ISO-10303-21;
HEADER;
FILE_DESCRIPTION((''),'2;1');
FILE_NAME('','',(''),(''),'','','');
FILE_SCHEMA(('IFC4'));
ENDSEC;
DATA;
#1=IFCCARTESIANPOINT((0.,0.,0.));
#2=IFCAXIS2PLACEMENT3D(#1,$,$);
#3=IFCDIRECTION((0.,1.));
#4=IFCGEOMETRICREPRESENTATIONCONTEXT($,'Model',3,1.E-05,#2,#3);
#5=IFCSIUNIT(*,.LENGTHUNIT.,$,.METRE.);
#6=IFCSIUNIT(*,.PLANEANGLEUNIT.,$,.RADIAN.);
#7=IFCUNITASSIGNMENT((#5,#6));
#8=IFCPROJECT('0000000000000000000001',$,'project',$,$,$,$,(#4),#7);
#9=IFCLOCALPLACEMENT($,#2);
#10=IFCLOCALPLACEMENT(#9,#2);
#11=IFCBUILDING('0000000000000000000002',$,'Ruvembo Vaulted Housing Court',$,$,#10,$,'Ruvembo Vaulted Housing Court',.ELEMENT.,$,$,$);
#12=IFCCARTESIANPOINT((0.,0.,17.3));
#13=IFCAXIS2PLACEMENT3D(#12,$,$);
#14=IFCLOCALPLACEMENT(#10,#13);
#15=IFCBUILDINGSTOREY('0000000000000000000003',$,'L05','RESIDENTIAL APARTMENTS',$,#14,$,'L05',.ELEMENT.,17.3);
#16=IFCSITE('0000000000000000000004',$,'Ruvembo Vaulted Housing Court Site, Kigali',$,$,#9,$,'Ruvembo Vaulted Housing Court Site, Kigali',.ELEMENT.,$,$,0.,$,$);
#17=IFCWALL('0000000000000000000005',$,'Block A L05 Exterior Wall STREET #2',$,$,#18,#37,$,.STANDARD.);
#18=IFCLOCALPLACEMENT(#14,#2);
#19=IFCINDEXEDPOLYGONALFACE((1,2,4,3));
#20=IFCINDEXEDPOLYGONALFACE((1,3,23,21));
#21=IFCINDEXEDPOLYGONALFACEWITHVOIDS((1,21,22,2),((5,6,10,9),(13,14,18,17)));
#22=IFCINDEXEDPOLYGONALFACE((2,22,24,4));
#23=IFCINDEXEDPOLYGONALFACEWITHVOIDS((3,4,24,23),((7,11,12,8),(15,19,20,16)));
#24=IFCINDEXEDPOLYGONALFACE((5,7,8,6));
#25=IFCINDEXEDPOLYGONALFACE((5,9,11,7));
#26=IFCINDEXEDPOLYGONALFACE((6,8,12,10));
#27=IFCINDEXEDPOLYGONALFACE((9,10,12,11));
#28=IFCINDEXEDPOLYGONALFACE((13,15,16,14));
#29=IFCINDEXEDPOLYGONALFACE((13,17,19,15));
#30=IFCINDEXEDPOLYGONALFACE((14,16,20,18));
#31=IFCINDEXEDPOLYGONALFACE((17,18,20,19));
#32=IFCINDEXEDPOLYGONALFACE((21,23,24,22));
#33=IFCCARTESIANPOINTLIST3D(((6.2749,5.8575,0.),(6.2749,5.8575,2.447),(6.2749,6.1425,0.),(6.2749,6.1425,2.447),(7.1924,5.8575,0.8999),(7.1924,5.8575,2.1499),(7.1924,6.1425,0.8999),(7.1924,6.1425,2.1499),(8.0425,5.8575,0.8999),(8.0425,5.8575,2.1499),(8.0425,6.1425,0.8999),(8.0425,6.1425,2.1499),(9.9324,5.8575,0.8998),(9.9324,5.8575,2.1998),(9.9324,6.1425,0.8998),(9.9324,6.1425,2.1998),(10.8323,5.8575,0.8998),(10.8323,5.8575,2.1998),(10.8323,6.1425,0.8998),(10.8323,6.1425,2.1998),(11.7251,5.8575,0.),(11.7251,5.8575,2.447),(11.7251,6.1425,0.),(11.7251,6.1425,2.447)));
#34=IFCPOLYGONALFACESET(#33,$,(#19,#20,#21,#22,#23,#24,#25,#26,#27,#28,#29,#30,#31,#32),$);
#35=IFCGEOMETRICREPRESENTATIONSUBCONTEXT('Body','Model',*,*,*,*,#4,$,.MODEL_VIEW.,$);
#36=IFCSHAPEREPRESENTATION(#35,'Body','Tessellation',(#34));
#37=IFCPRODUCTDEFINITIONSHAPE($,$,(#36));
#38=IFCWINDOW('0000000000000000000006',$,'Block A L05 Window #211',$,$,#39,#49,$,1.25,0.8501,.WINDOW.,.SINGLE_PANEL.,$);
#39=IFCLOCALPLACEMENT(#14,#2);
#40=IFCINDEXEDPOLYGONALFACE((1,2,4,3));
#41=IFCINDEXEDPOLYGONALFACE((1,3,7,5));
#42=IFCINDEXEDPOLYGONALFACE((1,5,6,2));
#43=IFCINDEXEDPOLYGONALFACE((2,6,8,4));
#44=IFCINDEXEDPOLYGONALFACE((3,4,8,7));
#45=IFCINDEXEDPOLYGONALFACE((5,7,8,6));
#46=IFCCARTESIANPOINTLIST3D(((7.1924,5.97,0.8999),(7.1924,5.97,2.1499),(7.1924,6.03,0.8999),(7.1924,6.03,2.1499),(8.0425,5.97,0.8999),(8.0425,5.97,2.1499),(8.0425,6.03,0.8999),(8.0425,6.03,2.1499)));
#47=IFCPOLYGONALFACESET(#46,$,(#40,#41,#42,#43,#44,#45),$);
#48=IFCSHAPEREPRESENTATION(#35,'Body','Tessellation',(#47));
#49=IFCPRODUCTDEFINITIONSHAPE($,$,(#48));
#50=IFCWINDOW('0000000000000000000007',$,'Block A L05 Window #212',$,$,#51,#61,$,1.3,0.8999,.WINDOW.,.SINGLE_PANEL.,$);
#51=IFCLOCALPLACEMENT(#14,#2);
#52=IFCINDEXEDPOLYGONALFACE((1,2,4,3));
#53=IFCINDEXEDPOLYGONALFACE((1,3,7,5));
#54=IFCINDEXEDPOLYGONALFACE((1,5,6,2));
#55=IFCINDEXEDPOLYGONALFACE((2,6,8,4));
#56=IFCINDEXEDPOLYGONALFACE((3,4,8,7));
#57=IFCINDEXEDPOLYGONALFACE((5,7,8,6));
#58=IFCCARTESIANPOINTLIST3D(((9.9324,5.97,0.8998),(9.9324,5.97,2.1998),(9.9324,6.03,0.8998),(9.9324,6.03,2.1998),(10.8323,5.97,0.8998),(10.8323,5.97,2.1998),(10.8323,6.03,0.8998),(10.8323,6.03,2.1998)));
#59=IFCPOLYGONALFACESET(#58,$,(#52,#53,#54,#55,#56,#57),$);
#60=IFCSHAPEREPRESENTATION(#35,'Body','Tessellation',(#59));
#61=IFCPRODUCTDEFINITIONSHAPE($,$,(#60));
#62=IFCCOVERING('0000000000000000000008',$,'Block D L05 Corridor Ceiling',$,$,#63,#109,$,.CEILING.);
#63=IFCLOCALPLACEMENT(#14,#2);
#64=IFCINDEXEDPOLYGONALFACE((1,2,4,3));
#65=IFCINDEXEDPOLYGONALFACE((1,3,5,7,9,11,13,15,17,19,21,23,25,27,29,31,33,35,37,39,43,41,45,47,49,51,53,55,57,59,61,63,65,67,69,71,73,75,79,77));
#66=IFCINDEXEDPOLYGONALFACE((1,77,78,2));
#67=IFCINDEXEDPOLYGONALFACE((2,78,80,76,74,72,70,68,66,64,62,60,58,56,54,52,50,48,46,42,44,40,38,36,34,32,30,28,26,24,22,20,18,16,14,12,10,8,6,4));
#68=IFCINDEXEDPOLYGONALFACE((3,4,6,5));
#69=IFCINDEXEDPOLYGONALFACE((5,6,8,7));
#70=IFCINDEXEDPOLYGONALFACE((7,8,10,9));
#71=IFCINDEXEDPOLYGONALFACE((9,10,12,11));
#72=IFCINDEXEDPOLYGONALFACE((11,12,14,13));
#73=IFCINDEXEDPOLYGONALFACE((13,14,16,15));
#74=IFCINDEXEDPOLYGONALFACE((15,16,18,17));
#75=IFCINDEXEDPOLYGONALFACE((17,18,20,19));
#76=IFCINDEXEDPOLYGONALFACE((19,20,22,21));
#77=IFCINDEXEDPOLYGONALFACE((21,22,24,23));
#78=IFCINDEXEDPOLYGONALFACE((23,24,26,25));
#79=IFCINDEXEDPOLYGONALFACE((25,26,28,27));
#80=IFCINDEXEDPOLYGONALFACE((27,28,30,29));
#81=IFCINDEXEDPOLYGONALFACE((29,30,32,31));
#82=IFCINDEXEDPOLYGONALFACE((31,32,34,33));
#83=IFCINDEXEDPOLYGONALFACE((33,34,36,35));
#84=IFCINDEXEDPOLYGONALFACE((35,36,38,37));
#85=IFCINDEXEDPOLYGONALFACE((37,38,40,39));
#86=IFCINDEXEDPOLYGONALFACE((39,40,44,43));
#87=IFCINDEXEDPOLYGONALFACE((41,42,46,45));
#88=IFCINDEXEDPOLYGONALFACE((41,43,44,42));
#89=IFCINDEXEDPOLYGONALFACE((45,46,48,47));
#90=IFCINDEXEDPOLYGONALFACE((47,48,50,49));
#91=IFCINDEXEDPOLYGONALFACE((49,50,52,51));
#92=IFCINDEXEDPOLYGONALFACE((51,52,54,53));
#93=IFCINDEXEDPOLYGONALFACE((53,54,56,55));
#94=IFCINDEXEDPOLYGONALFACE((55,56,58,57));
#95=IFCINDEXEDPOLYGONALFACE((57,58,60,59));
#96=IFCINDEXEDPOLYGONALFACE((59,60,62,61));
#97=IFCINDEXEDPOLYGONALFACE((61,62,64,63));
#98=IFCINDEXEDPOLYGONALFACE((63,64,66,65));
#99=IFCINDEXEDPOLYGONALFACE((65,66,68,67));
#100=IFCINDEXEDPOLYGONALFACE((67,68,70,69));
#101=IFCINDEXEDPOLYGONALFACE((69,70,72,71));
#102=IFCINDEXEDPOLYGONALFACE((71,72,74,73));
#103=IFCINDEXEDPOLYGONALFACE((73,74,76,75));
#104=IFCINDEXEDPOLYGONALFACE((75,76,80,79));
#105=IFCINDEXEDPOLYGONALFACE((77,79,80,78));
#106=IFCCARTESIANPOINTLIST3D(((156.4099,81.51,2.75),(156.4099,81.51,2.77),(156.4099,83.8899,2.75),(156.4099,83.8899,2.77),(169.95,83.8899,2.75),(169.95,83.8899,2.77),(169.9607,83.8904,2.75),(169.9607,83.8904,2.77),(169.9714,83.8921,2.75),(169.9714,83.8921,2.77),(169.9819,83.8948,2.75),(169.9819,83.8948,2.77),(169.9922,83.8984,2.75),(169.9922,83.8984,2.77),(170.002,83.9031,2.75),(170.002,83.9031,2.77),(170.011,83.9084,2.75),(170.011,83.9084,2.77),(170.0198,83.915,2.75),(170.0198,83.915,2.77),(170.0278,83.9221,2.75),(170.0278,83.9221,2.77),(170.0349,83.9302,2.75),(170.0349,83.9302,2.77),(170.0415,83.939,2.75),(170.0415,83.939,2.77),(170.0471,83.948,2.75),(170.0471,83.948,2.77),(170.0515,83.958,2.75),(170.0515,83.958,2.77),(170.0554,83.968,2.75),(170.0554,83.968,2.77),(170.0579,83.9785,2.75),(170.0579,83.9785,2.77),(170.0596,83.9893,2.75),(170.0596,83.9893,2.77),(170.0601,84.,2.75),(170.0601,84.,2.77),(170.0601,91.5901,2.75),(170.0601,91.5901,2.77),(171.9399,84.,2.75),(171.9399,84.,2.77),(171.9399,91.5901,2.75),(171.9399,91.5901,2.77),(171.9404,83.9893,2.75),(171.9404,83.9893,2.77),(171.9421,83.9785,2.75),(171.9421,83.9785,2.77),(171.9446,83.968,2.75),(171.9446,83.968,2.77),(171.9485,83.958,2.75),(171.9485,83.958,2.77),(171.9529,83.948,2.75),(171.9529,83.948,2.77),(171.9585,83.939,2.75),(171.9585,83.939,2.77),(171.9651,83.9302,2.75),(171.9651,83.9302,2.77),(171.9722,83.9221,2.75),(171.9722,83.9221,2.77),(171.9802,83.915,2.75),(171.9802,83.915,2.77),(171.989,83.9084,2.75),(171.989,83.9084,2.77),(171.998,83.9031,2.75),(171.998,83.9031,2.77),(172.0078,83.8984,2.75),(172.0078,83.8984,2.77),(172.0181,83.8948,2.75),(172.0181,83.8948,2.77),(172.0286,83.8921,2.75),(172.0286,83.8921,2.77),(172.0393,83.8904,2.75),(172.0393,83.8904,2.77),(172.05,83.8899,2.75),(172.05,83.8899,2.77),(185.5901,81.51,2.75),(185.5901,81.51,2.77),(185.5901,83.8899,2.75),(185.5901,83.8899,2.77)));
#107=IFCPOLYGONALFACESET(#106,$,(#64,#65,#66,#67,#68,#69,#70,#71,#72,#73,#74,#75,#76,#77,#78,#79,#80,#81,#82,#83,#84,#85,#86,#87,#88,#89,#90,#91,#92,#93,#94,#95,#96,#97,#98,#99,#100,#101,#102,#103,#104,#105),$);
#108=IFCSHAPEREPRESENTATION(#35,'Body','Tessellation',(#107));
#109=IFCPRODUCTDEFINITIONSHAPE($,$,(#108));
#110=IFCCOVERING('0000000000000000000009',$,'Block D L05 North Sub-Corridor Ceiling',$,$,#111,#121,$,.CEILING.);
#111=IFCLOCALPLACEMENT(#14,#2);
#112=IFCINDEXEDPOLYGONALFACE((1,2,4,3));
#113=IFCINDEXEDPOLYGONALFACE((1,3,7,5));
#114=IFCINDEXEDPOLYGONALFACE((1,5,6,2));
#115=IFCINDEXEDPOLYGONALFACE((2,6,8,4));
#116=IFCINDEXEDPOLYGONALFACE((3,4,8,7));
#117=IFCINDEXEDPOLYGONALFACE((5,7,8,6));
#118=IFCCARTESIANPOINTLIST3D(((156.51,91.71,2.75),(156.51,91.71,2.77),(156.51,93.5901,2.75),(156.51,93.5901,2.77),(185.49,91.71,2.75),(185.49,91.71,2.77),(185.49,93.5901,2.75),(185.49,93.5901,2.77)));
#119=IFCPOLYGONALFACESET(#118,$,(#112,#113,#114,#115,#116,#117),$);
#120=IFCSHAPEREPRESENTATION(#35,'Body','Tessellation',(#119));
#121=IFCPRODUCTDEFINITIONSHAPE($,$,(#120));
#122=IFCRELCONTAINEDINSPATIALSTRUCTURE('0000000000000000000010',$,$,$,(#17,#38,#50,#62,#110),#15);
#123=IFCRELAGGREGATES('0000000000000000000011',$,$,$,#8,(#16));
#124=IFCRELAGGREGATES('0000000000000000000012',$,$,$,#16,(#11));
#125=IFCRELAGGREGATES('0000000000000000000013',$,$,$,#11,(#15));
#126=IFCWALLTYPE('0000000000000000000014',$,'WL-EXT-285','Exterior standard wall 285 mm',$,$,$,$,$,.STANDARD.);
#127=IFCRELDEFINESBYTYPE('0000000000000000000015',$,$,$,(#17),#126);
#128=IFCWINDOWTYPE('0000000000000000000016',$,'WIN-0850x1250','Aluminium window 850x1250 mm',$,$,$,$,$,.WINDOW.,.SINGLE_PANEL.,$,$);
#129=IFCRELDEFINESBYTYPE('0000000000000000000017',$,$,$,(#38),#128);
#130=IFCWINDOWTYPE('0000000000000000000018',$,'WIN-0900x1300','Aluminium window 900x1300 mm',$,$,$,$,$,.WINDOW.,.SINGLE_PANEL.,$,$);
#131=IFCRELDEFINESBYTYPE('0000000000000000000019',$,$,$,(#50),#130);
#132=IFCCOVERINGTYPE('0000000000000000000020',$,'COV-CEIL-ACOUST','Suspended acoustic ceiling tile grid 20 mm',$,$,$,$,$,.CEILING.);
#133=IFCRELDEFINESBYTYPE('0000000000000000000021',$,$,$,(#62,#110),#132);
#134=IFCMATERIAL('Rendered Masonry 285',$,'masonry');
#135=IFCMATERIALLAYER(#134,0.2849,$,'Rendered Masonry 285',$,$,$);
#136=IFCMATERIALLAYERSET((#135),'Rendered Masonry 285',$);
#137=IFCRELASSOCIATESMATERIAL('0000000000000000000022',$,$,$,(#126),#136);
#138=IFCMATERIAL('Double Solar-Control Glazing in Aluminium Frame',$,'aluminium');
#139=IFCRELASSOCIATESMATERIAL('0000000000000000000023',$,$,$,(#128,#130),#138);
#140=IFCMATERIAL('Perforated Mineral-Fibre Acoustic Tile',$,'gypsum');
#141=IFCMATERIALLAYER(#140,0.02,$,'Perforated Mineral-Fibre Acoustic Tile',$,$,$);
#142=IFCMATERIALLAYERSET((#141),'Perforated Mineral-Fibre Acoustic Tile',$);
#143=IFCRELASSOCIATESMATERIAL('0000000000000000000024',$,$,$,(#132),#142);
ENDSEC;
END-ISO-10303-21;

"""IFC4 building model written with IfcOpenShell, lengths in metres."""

from ifc_helpers import new_model, si_unit, direction, frame, frame_2d, origin, place, context, subcontext, project, spatial, polyline, rectangle, outline, extrude, material, layer, layer_set, type_object, element, fill, save


model = new_model("IFC4")

# Units and contexts
model_context = context("Model", 3, precision=1e-05, world=origin(), true_north=direction((0.0, 1.0)))
body_context = subcontext(model_context, "Body", "Model", "MODEL_VIEW")
ifc_project = project(units=[si_unit("LENGTHUNIT", "METRE"), si_unit("PLANEANGLEUNIT", "RADIAN")], contexts=[model_context])

# Site, building, storey
site_placement = place(None, origin())
site = spatial("IfcSite", under=ifc_project, at=site_placement, Name="Ruvembo Vaulted Housing Court Site, Kigali", LongName="Ruvembo Vaulted Housing Court Site, Kigali", CompositionType="ELEMENT", RefElevation=0.0)
building_placement = place(site_placement, origin())
building = spatial("IfcBuilding", under=site, at=building_placement, Name="Ruvembo Vaulted Housing Court", LongName="Ruvembo Vaulted Housing Court", CompositionType="ELEMENT")
storey_placement = place(building_placement, frame((0.0, 0.0, 17.3)))
storey = spatial("IfcBuildingStorey", under=building, at=storey_placement, Name="L05", Description="RESIDENTIAL APARTMENTS", LongName="L05", CompositionType="ELEMENT", Elevation=17.3)

# Wall, openings, windows
ifc_material_1 = material(Name="Rendered Masonry 285", Category="masonry")
ifc_layer_1 = layer(ifc_material_1, 0.2849, Name="Rendered Masonry 285")
ifc_layer_set_1 = layer_set([ifc_layer_1], Name="Rendered Masonry 285")
wall_type = type_object("IfcWallType", Name="WL-EXT-285", Description="Exterior standard wall 285 mm", PredefinedType="STANDARD", material=ifc_layer_set_1)
ifc_material_2 = material(Name="Double Solar-Control Glazing in Aluminium Frame", Category="aluminium")
wall_1_placement = place(storey_placement, frame((6.2749, 6.0, 0.0), z_axis=(0.0, 0.0, 1.0), x_axis=(1.0, 0.0, 0.0)))
wall_1 = element("IfcWall", 1, at=wall_1_placement, inside=storey, type_object=wall_type, Name="Block A L05 Exterior Wall STREET #2", PredefinedType="STANDARD", context=body_context, shape_type="SweptSolid", body=[
    extrude(rectangle(XDim=5.4502, YDim=0.2849, at=frame_2d((2.7251, 0.0))), origin(), (0.0, 0.0, 1.0), 2.447),
])
opening_1_placement = place(wall_1_placement, frame((0.9175, 0.0, 0.8999)))
opening_1 = element("IfcOpeningElement", 2, at=opening_1_placement, cuts=wall_1, PredefinedType="OPENING", context=body_context, shape_type="SweptSolid", body=[
    extrude(rectangle(XDim=0.8501, YDim=1.25, at=frame_2d((0.425, 0.625))), frame((0.0, 0.1523, 0.0), z_axis=(0.0, -1.0, 0.0), x_axis=(1.0, 0.0, 0.0)), (0.0, 0.0, 1.0), 0.3049),
])
opening_2_placement = place(wall_1_placement, frame((3.6575, 0.0, 0.8999)))
opening_2 = element("IfcOpeningElement", 3, at=opening_2_placement, cuts=wall_1, PredefinedType="OPENING", context=body_context, shape_type="SweptSolid", body=[
    extrude(rectangle(XDim=0.8999, YDim=1.3, at=frame_2d((0.45, 0.6499))), frame((0.0, 0.1523, 0.0), z_axis=(0.0, -1.0, 0.0), x_axis=(1.0, 0.0, 0.0)), (0.0, 0.0, 1.0), 0.3049),
])
window_type_1 = type_object("IfcWindowType", Name="WIN-0850x1250", Description="Aluminium window 850x1250 mm", PartitioningType="SINGLE_PANEL", PredefinedType="WINDOW", material=ifc_material_2)
window_1_placement = place(opening_1_placement, origin())
window_1 = element("IfcWindow", 4, at=window_1_placement, inside=storey, type_object=window_type_1, Name="Block A L05 Window #211", OverallHeight=1.25, OverallWidth=0.8501, PartitioningType="SINGLE_PANEL", PredefinedType="WINDOW", context=body_context, shape_type="SweptSolid", body=[
    extrude(rectangle(XDim=0.8501, YDim=1.25, at=frame_2d((0.425, 0.625))), frame((0.0, 0.03, 0.0), z_axis=(0.0, -1.0, 0.0), x_axis=(1.0, 0.0, 0.0)), (0.0, 0.0, 1.0), 0.0601),
])
fill(opening_1, window_1)
window_type_2 = type_object("IfcWindowType", Name="WIN-0900x1300", Description="Aluminium window 900x1300 mm", PartitioningType="SINGLE_PANEL", PredefinedType="WINDOW", material=ifc_material_2)
window_2_placement = place(opening_2_placement, origin())
window_2 = element("IfcWindow", 5, at=window_2_placement, inside=storey, type_object=window_type_2, Name="Block A L05 Window #212", OverallHeight=1.3, OverallWidth=0.8999, PartitioningType="SINGLE_PANEL", PredefinedType="WINDOW", context=body_context, shape_type="SweptSolid", body=[
    extrude(rectangle(XDim=0.8999, YDim=1.3, at=frame_2d((0.45, 0.6499))), frame((0.0, 0.03, 0.0), z_axis=(0.0, -1.0, 0.0), x_axis=(1.0, 0.0, 0.0)), (0.0, 0.0, 1.0), 0.0601),
])
fill(opening_2, window_2)

# Coverings
ifc_material_3 = material(Name="Perforated Mineral-Fibre Acoustic Tile", Category="gypsum")
ifc_layer_2 = layer(ifc_material_3, 0.02, Name="Perforated Mineral-Fibre Acoustic Tile")
ifc_layer_set_2 = layer_set([ifc_layer_2], Name="Perforated Mineral-Fibre Acoustic Tile")
covering_type_1 = type_object("IfcCoveringType", Name="COV-CEIL-ACOUST", Description="Suspended acoustic ceiling tile grid 20 mm", PredefinedType="CEILING", material=ifc_layer_set_2)
covering_1_placement = place(storey_placement, frame((0.0, 0.0, 2.75)))
element("IfcCovering", 6, at=covering_1_placement, inside=storey, type_object=covering_type_1, Name="Block D L05 Corridor Ceiling", PredefinedType="CEILING", context=body_context, shape_type="SweptSolid", body=[
    extrude(outline(polyline([(185.5901, 81.51), (185.5901, 83.8899), (172.05, 83.8899), (172.0393, 83.8904), (172.0286, 83.8921), (172.0181, 83.8948), (172.0078, 83.8984), (171.998, 83.9031), (171.989, 83.9084), (171.9802, 83.915), (171.9722, 83.9221), (171.9651, 83.9302), (171.9585, 83.939), (171.9529, 83.948), (171.9485, 83.958), (171.9446, 83.968), (171.9421, 83.9785), (171.9404, 83.9893), (171.9399, 84.0), (171.9399, 91.5901), (170.0601, 91.5901), (170.0601, 84.0), (170.0596, 83.9893), (170.0579, 83.9785), (170.0554, 83.968), (170.0515, 83.958), (170.0471, 83.948), (170.0415, 83.939), (170.0349, 83.9302), (170.0278, 83.9221), (170.0198, 83.915), (170.011, 83.9084), (170.002, 83.9031), (169.9922, 83.8984), (169.9819, 83.8948), (169.9714, 83.8921), (169.9607, 83.8904), (169.95, 83.8899), (156.4099, 83.8899), (156.4099, 81.51), (185.5901, 81.51)])), origin(), (0.0, 0.0, 1.0), 0.02),
])
covering_2_placement = place(storey_placement, frame((0.0, 0.0, 2.75)))
element("IfcCovering", 7, at=covering_2_placement, inside=storey, type_object=covering_type_1, Name="Block D L05 North Sub-Corridor Ceiling", PredefinedType="CEILING", context=body_context, shape_type="SweptSolid", body=[
    extrude(outline(polyline([(156.51, 91.71), (185.49, 91.71), (185.49, 93.5901), (156.51, 93.5901), (156.51, 91.71)])), origin(), (0.0, 0.0, 1.0), 0.02),
])

save(model, "model.ifc")
